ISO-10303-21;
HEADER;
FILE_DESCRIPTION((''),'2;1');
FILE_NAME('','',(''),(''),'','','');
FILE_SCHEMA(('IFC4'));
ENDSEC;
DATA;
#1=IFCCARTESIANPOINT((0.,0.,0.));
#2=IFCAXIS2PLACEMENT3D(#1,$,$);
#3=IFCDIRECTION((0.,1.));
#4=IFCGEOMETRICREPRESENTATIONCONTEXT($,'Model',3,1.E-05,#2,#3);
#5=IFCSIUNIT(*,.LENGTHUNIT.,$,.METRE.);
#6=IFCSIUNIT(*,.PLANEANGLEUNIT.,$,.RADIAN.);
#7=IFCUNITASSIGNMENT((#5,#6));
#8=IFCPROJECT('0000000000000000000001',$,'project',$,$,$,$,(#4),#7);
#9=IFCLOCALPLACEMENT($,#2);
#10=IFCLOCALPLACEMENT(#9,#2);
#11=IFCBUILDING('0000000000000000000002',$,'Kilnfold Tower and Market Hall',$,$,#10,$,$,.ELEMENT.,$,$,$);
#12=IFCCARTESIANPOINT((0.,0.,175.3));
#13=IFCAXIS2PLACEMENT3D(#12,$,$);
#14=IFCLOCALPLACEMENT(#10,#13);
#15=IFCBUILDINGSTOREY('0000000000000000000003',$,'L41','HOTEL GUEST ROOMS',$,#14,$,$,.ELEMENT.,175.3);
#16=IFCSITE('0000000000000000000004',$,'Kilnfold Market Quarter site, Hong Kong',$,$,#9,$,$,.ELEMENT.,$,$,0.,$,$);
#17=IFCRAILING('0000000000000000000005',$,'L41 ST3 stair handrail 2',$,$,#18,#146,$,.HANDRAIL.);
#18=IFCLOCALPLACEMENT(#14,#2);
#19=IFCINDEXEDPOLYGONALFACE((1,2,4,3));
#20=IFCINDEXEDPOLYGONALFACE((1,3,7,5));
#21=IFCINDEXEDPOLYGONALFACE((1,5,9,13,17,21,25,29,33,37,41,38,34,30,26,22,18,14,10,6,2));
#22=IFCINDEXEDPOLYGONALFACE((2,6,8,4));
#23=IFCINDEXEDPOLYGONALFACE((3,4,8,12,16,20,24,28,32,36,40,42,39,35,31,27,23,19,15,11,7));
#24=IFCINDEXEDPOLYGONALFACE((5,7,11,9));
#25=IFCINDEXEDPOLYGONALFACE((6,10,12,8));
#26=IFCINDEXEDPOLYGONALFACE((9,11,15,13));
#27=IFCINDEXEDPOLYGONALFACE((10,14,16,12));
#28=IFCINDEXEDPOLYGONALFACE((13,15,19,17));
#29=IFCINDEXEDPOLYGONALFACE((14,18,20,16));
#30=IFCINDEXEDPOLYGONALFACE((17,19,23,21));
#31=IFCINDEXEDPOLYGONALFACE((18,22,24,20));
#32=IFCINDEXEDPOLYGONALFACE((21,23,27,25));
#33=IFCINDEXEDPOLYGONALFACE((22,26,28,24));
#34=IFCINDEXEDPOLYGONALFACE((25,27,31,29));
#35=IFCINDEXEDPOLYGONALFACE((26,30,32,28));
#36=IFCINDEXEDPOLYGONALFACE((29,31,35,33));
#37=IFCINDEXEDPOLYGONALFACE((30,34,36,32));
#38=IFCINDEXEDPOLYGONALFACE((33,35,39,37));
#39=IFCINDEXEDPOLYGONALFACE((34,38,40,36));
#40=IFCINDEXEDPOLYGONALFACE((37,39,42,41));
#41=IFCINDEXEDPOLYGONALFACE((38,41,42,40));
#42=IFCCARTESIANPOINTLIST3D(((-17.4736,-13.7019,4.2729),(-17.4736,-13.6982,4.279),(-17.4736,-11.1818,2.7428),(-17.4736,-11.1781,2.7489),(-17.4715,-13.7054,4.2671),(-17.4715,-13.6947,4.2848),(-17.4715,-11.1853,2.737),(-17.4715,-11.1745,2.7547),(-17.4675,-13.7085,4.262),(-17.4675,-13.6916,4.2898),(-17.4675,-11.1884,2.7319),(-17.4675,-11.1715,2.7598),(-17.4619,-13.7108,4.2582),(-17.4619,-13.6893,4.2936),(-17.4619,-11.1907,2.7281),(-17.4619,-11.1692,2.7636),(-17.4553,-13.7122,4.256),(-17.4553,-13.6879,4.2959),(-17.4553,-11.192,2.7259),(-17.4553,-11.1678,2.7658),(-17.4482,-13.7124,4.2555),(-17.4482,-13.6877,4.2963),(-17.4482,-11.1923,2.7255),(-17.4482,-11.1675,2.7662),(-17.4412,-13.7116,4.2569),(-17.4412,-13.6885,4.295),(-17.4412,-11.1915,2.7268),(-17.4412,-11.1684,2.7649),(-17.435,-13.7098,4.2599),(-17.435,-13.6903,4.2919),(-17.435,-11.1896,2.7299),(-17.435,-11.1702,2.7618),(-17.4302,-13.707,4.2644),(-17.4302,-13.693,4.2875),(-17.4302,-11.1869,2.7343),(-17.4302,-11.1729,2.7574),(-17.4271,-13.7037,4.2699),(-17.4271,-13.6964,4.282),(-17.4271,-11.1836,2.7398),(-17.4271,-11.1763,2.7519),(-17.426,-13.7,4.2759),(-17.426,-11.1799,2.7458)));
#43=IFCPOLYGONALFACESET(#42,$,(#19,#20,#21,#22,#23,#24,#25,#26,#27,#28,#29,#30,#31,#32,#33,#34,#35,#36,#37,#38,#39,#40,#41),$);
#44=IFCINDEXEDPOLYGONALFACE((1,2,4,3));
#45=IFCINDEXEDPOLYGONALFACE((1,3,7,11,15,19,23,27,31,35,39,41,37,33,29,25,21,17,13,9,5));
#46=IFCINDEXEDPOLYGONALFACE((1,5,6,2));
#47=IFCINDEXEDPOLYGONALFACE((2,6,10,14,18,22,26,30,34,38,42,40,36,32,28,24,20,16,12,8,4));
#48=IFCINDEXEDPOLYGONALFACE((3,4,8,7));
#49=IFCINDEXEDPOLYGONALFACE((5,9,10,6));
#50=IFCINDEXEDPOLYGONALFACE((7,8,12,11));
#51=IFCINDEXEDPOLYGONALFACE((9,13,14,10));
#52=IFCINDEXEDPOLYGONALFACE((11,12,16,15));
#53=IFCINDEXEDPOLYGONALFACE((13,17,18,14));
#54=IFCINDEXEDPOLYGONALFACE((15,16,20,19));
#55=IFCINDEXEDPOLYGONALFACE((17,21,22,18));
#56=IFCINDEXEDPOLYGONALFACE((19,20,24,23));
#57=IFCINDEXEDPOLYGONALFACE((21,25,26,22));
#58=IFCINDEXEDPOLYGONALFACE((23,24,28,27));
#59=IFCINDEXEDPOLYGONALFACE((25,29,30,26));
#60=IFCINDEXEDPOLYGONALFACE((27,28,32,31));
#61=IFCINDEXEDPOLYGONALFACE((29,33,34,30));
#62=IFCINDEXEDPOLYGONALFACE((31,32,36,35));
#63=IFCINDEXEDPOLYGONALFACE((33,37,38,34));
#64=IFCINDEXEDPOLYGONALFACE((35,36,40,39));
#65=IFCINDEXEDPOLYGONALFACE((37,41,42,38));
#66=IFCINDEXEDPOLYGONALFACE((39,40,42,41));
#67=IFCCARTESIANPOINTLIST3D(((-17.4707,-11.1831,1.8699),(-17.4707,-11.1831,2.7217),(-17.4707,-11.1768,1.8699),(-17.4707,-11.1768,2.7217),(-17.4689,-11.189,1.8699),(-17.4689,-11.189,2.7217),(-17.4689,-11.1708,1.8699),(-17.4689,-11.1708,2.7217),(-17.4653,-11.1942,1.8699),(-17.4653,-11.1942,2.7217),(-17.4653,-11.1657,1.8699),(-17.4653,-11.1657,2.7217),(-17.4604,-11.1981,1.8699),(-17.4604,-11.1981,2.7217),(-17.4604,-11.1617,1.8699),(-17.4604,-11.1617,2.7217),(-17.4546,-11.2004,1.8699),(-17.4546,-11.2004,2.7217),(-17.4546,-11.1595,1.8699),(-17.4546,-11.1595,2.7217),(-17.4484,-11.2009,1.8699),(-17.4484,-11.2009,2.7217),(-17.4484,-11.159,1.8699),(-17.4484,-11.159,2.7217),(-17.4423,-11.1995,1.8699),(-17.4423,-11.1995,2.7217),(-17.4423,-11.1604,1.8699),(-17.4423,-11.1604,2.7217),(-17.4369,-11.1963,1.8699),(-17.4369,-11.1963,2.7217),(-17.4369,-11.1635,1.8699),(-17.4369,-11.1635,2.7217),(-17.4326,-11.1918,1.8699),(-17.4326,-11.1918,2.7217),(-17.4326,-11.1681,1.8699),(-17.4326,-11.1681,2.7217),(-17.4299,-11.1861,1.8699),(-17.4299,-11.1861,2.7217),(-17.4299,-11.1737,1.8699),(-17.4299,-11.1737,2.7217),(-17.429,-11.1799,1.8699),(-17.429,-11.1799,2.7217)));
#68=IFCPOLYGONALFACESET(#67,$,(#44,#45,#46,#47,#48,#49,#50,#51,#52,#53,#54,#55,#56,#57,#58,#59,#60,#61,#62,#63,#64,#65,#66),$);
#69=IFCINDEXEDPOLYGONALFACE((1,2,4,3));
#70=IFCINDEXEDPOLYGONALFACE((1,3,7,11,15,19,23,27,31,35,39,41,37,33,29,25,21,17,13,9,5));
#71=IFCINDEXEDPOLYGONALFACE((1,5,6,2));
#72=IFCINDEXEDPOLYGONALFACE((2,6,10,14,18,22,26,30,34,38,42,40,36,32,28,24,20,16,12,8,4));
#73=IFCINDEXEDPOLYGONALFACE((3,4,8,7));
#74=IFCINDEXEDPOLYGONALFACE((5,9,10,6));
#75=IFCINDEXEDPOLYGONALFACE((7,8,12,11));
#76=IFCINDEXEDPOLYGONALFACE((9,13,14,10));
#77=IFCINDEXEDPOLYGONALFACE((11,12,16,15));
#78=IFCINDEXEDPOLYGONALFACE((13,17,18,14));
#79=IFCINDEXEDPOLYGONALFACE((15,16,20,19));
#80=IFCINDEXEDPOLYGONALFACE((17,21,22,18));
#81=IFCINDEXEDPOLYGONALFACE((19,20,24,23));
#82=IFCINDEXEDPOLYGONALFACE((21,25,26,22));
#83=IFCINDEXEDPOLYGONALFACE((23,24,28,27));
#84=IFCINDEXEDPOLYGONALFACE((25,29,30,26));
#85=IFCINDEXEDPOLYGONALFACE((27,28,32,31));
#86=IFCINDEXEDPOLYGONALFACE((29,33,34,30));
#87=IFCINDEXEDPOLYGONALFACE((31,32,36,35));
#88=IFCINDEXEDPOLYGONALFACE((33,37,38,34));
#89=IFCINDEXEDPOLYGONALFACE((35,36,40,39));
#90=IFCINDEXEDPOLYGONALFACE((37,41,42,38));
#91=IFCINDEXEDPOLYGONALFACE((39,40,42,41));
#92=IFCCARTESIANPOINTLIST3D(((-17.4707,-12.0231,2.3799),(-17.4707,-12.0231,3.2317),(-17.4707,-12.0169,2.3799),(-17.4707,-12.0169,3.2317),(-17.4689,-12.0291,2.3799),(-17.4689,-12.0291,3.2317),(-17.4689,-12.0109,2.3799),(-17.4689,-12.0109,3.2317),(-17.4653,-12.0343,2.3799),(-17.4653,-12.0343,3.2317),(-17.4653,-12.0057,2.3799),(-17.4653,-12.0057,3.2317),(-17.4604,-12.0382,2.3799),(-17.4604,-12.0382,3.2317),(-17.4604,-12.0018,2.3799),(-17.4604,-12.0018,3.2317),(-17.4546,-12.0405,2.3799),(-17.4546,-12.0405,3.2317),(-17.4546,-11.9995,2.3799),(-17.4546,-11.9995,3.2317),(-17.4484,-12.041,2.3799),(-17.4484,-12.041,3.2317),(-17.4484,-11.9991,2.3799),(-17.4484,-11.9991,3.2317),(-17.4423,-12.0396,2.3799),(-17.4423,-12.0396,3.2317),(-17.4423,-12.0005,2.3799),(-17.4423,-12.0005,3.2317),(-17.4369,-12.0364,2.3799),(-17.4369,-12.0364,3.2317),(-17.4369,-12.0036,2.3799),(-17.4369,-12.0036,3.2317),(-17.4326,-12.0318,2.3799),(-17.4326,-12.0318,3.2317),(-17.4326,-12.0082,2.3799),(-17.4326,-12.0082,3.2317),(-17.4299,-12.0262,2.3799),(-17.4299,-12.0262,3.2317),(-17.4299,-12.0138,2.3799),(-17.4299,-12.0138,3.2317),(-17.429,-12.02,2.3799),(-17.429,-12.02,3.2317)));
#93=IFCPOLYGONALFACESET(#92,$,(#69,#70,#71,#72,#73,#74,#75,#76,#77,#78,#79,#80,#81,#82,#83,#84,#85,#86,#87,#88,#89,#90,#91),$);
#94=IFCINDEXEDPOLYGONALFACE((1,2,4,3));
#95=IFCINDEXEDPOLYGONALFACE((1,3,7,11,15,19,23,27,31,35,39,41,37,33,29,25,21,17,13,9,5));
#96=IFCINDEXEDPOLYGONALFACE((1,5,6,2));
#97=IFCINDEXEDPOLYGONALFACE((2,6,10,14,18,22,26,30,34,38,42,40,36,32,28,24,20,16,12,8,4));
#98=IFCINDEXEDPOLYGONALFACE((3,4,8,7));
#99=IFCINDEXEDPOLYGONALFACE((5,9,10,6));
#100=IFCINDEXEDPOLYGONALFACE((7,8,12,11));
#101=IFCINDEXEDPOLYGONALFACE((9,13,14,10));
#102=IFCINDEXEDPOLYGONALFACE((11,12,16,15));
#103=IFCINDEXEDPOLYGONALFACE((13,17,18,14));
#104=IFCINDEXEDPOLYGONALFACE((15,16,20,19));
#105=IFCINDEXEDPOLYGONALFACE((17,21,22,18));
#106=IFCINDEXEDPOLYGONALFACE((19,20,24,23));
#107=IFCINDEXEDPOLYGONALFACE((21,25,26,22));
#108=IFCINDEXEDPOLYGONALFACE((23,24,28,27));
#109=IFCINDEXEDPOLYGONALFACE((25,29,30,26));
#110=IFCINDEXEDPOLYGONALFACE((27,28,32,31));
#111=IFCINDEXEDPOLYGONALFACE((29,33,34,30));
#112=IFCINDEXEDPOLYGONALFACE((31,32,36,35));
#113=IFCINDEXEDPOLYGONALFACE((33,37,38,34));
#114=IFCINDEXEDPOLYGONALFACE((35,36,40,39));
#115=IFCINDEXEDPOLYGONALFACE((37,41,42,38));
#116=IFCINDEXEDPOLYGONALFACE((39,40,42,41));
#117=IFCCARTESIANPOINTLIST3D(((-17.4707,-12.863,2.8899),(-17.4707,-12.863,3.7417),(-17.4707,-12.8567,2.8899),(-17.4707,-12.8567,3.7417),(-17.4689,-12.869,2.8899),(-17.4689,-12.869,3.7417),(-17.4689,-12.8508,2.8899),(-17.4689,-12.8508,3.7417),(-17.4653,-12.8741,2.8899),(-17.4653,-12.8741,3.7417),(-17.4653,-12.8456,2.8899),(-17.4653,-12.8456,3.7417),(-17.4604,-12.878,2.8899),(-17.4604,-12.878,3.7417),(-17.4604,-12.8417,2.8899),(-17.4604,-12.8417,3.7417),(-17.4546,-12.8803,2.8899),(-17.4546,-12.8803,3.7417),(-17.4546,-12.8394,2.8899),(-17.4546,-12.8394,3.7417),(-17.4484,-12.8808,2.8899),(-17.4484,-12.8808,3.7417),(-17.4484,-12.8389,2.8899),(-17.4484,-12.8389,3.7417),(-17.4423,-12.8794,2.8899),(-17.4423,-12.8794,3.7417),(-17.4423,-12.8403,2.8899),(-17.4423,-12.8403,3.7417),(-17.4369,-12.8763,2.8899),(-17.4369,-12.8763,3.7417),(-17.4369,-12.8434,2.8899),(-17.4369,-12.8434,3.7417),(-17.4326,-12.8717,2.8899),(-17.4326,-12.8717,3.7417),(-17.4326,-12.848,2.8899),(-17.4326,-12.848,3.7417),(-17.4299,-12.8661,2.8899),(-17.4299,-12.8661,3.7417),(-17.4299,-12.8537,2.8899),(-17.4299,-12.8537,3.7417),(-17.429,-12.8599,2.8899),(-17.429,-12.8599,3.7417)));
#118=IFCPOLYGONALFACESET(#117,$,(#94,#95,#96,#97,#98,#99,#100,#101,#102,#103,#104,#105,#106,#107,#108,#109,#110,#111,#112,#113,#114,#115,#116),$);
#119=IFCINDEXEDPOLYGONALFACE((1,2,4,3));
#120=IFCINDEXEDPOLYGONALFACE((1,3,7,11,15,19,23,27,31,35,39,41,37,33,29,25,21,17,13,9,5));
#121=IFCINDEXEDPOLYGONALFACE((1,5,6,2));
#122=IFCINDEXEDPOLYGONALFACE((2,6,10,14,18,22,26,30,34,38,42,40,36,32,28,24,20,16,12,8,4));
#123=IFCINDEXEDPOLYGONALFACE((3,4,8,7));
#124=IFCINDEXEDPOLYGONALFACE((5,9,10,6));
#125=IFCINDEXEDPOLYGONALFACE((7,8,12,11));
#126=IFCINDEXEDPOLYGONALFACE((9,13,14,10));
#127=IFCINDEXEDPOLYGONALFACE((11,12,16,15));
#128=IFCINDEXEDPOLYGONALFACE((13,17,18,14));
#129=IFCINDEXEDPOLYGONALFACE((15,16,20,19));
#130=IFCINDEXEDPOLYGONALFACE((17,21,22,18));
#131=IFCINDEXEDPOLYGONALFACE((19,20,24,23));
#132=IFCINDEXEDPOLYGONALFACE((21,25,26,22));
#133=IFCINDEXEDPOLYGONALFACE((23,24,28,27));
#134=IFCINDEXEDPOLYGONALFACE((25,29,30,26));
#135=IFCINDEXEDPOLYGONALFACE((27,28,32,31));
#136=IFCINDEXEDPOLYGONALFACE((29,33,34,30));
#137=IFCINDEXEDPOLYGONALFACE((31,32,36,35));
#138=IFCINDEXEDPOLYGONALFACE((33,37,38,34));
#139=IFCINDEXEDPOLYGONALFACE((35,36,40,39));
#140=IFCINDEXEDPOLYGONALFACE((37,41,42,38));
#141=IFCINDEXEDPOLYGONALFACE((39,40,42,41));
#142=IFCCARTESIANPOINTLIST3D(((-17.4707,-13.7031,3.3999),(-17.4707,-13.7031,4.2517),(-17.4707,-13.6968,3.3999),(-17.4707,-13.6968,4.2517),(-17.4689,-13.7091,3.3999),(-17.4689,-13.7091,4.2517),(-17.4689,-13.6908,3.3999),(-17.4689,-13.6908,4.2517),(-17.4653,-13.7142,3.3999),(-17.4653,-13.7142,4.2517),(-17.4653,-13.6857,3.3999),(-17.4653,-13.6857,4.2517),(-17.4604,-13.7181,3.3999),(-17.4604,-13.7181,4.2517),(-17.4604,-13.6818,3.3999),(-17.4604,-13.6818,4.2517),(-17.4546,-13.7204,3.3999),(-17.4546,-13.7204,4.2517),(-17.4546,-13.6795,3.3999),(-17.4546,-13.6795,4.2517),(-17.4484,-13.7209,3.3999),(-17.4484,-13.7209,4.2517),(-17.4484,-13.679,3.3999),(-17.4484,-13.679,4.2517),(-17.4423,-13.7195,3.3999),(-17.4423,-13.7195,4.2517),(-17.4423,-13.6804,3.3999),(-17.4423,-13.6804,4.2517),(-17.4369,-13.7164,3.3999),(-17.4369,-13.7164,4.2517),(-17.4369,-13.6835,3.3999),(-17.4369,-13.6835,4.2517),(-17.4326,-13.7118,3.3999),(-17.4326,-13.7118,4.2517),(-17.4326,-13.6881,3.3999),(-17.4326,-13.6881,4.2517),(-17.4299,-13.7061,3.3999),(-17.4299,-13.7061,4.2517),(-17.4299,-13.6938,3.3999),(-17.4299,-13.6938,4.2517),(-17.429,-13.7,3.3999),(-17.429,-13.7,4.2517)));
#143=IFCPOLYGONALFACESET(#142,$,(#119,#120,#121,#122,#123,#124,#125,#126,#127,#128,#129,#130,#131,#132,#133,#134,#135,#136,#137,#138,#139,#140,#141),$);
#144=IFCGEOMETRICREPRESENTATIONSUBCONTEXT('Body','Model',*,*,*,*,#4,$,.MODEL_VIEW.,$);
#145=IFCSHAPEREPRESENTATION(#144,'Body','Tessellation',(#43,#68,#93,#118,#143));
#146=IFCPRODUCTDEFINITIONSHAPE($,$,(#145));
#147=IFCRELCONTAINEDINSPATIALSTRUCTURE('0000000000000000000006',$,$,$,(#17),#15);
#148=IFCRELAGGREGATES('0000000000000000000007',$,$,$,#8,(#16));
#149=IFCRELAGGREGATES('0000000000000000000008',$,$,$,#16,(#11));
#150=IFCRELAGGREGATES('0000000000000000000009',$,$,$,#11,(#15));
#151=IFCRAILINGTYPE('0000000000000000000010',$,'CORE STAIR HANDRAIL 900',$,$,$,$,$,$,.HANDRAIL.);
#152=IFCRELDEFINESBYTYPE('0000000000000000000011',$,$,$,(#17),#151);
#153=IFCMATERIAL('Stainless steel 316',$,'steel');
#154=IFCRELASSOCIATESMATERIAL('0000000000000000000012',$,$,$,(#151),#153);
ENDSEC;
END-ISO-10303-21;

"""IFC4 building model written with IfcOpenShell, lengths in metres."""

from ifc_helpers import new_model, si_unit, direction, frame, origin, origin_2d, place, context, subcontext, project, spatial, circle, extrude, material, type_object, element, save


model = new_model("IFC4")

# Units and contexts
model_context = context("Model", 3, precision=1e-05, world=origin(), true_north=direction((0.0, 1.0)))
body_context = subcontext(model_context, "Body", "Model", "MODEL_VIEW")
ifc_project = project(units=[si_unit("LENGTHUNIT", "METRE"), si_unit("PLANEANGLEUNIT", "RADIAN")], contexts=[model_context])

# Site, building, storey
site_placement = place(None, origin())
site = spatial("IfcSite", under=ifc_project, at=site_placement, Name="Kilnfold Market Quarter site, Hong Kong", CompositionType="ELEMENT", RefElevation=0.0)
building_placement = place(site_placement, origin())
building = spatial("IfcBuilding", under=site, at=building_placement, Name="Kilnfold Tower and Market Hall", CompositionType="ELEMENT")
storey_placement = place(building_placement, frame((0.0, 0.0, 175.3)))
storey = spatial("IfcBuildingStorey", under=building, at=storey_placement, Name="L41", Description="HOTEL GUEST ROOMS", CompositionType="ELEMENT", Elevation=175.3)

# Railing
ifc_material_1 = material(Name="Stainless steel 316", Category="steel")
railing_type_1 = type_object("IfcRailingType", Name="CORE STAIR HANDRAIL 900", PredefinedType="HANDRAIL", material=ifc_material_1)
railing_1_placement = place(storey_placement, frame((-17.45, -11.1799, 1.8699)))
element("IfcRailing", 1, at=railing_1_placement, inside=storey, type_object=railing_type_1, Name="L41 ST3 stair handrail 2", PredefinedType="HANDRAIL", context=body_context, shape_type="SweptSolid", body=[
    extrude(circle(Radius=0.0239, at=origin_2d()), frame((0.0, 0.0, 0.876), z_axis=(0.0, -0.854785, 0.518982), x_axis=(1.0, 0.0, 0.0)), (0.0, 0.0, 1.0), 2.9482),
    extrude(circle(Radius=0.021, at=origin_2d()), origin(), (0.0, 0.0, 1.0), 0.8518),
    extrude(circle(Radius=0.021, at=origin_2d()), frame((0.0, -0.8401, 0.51)), (0.0, 0.0, 1.0), 0.8518),
    extrude(circle(Radius=0.021, at=origin_2d()), frame((0.0, -1.6799, 1.02)), (0.0, 0.0, 1.0), 0.8518),
    extrude(circle(Radius=0.021, at=origin_2d()), frame((0.0, -2.52, 1.53)), (0.0, 0.0, 1.0), 0.8518),
])

save(model, "model.ifc")
